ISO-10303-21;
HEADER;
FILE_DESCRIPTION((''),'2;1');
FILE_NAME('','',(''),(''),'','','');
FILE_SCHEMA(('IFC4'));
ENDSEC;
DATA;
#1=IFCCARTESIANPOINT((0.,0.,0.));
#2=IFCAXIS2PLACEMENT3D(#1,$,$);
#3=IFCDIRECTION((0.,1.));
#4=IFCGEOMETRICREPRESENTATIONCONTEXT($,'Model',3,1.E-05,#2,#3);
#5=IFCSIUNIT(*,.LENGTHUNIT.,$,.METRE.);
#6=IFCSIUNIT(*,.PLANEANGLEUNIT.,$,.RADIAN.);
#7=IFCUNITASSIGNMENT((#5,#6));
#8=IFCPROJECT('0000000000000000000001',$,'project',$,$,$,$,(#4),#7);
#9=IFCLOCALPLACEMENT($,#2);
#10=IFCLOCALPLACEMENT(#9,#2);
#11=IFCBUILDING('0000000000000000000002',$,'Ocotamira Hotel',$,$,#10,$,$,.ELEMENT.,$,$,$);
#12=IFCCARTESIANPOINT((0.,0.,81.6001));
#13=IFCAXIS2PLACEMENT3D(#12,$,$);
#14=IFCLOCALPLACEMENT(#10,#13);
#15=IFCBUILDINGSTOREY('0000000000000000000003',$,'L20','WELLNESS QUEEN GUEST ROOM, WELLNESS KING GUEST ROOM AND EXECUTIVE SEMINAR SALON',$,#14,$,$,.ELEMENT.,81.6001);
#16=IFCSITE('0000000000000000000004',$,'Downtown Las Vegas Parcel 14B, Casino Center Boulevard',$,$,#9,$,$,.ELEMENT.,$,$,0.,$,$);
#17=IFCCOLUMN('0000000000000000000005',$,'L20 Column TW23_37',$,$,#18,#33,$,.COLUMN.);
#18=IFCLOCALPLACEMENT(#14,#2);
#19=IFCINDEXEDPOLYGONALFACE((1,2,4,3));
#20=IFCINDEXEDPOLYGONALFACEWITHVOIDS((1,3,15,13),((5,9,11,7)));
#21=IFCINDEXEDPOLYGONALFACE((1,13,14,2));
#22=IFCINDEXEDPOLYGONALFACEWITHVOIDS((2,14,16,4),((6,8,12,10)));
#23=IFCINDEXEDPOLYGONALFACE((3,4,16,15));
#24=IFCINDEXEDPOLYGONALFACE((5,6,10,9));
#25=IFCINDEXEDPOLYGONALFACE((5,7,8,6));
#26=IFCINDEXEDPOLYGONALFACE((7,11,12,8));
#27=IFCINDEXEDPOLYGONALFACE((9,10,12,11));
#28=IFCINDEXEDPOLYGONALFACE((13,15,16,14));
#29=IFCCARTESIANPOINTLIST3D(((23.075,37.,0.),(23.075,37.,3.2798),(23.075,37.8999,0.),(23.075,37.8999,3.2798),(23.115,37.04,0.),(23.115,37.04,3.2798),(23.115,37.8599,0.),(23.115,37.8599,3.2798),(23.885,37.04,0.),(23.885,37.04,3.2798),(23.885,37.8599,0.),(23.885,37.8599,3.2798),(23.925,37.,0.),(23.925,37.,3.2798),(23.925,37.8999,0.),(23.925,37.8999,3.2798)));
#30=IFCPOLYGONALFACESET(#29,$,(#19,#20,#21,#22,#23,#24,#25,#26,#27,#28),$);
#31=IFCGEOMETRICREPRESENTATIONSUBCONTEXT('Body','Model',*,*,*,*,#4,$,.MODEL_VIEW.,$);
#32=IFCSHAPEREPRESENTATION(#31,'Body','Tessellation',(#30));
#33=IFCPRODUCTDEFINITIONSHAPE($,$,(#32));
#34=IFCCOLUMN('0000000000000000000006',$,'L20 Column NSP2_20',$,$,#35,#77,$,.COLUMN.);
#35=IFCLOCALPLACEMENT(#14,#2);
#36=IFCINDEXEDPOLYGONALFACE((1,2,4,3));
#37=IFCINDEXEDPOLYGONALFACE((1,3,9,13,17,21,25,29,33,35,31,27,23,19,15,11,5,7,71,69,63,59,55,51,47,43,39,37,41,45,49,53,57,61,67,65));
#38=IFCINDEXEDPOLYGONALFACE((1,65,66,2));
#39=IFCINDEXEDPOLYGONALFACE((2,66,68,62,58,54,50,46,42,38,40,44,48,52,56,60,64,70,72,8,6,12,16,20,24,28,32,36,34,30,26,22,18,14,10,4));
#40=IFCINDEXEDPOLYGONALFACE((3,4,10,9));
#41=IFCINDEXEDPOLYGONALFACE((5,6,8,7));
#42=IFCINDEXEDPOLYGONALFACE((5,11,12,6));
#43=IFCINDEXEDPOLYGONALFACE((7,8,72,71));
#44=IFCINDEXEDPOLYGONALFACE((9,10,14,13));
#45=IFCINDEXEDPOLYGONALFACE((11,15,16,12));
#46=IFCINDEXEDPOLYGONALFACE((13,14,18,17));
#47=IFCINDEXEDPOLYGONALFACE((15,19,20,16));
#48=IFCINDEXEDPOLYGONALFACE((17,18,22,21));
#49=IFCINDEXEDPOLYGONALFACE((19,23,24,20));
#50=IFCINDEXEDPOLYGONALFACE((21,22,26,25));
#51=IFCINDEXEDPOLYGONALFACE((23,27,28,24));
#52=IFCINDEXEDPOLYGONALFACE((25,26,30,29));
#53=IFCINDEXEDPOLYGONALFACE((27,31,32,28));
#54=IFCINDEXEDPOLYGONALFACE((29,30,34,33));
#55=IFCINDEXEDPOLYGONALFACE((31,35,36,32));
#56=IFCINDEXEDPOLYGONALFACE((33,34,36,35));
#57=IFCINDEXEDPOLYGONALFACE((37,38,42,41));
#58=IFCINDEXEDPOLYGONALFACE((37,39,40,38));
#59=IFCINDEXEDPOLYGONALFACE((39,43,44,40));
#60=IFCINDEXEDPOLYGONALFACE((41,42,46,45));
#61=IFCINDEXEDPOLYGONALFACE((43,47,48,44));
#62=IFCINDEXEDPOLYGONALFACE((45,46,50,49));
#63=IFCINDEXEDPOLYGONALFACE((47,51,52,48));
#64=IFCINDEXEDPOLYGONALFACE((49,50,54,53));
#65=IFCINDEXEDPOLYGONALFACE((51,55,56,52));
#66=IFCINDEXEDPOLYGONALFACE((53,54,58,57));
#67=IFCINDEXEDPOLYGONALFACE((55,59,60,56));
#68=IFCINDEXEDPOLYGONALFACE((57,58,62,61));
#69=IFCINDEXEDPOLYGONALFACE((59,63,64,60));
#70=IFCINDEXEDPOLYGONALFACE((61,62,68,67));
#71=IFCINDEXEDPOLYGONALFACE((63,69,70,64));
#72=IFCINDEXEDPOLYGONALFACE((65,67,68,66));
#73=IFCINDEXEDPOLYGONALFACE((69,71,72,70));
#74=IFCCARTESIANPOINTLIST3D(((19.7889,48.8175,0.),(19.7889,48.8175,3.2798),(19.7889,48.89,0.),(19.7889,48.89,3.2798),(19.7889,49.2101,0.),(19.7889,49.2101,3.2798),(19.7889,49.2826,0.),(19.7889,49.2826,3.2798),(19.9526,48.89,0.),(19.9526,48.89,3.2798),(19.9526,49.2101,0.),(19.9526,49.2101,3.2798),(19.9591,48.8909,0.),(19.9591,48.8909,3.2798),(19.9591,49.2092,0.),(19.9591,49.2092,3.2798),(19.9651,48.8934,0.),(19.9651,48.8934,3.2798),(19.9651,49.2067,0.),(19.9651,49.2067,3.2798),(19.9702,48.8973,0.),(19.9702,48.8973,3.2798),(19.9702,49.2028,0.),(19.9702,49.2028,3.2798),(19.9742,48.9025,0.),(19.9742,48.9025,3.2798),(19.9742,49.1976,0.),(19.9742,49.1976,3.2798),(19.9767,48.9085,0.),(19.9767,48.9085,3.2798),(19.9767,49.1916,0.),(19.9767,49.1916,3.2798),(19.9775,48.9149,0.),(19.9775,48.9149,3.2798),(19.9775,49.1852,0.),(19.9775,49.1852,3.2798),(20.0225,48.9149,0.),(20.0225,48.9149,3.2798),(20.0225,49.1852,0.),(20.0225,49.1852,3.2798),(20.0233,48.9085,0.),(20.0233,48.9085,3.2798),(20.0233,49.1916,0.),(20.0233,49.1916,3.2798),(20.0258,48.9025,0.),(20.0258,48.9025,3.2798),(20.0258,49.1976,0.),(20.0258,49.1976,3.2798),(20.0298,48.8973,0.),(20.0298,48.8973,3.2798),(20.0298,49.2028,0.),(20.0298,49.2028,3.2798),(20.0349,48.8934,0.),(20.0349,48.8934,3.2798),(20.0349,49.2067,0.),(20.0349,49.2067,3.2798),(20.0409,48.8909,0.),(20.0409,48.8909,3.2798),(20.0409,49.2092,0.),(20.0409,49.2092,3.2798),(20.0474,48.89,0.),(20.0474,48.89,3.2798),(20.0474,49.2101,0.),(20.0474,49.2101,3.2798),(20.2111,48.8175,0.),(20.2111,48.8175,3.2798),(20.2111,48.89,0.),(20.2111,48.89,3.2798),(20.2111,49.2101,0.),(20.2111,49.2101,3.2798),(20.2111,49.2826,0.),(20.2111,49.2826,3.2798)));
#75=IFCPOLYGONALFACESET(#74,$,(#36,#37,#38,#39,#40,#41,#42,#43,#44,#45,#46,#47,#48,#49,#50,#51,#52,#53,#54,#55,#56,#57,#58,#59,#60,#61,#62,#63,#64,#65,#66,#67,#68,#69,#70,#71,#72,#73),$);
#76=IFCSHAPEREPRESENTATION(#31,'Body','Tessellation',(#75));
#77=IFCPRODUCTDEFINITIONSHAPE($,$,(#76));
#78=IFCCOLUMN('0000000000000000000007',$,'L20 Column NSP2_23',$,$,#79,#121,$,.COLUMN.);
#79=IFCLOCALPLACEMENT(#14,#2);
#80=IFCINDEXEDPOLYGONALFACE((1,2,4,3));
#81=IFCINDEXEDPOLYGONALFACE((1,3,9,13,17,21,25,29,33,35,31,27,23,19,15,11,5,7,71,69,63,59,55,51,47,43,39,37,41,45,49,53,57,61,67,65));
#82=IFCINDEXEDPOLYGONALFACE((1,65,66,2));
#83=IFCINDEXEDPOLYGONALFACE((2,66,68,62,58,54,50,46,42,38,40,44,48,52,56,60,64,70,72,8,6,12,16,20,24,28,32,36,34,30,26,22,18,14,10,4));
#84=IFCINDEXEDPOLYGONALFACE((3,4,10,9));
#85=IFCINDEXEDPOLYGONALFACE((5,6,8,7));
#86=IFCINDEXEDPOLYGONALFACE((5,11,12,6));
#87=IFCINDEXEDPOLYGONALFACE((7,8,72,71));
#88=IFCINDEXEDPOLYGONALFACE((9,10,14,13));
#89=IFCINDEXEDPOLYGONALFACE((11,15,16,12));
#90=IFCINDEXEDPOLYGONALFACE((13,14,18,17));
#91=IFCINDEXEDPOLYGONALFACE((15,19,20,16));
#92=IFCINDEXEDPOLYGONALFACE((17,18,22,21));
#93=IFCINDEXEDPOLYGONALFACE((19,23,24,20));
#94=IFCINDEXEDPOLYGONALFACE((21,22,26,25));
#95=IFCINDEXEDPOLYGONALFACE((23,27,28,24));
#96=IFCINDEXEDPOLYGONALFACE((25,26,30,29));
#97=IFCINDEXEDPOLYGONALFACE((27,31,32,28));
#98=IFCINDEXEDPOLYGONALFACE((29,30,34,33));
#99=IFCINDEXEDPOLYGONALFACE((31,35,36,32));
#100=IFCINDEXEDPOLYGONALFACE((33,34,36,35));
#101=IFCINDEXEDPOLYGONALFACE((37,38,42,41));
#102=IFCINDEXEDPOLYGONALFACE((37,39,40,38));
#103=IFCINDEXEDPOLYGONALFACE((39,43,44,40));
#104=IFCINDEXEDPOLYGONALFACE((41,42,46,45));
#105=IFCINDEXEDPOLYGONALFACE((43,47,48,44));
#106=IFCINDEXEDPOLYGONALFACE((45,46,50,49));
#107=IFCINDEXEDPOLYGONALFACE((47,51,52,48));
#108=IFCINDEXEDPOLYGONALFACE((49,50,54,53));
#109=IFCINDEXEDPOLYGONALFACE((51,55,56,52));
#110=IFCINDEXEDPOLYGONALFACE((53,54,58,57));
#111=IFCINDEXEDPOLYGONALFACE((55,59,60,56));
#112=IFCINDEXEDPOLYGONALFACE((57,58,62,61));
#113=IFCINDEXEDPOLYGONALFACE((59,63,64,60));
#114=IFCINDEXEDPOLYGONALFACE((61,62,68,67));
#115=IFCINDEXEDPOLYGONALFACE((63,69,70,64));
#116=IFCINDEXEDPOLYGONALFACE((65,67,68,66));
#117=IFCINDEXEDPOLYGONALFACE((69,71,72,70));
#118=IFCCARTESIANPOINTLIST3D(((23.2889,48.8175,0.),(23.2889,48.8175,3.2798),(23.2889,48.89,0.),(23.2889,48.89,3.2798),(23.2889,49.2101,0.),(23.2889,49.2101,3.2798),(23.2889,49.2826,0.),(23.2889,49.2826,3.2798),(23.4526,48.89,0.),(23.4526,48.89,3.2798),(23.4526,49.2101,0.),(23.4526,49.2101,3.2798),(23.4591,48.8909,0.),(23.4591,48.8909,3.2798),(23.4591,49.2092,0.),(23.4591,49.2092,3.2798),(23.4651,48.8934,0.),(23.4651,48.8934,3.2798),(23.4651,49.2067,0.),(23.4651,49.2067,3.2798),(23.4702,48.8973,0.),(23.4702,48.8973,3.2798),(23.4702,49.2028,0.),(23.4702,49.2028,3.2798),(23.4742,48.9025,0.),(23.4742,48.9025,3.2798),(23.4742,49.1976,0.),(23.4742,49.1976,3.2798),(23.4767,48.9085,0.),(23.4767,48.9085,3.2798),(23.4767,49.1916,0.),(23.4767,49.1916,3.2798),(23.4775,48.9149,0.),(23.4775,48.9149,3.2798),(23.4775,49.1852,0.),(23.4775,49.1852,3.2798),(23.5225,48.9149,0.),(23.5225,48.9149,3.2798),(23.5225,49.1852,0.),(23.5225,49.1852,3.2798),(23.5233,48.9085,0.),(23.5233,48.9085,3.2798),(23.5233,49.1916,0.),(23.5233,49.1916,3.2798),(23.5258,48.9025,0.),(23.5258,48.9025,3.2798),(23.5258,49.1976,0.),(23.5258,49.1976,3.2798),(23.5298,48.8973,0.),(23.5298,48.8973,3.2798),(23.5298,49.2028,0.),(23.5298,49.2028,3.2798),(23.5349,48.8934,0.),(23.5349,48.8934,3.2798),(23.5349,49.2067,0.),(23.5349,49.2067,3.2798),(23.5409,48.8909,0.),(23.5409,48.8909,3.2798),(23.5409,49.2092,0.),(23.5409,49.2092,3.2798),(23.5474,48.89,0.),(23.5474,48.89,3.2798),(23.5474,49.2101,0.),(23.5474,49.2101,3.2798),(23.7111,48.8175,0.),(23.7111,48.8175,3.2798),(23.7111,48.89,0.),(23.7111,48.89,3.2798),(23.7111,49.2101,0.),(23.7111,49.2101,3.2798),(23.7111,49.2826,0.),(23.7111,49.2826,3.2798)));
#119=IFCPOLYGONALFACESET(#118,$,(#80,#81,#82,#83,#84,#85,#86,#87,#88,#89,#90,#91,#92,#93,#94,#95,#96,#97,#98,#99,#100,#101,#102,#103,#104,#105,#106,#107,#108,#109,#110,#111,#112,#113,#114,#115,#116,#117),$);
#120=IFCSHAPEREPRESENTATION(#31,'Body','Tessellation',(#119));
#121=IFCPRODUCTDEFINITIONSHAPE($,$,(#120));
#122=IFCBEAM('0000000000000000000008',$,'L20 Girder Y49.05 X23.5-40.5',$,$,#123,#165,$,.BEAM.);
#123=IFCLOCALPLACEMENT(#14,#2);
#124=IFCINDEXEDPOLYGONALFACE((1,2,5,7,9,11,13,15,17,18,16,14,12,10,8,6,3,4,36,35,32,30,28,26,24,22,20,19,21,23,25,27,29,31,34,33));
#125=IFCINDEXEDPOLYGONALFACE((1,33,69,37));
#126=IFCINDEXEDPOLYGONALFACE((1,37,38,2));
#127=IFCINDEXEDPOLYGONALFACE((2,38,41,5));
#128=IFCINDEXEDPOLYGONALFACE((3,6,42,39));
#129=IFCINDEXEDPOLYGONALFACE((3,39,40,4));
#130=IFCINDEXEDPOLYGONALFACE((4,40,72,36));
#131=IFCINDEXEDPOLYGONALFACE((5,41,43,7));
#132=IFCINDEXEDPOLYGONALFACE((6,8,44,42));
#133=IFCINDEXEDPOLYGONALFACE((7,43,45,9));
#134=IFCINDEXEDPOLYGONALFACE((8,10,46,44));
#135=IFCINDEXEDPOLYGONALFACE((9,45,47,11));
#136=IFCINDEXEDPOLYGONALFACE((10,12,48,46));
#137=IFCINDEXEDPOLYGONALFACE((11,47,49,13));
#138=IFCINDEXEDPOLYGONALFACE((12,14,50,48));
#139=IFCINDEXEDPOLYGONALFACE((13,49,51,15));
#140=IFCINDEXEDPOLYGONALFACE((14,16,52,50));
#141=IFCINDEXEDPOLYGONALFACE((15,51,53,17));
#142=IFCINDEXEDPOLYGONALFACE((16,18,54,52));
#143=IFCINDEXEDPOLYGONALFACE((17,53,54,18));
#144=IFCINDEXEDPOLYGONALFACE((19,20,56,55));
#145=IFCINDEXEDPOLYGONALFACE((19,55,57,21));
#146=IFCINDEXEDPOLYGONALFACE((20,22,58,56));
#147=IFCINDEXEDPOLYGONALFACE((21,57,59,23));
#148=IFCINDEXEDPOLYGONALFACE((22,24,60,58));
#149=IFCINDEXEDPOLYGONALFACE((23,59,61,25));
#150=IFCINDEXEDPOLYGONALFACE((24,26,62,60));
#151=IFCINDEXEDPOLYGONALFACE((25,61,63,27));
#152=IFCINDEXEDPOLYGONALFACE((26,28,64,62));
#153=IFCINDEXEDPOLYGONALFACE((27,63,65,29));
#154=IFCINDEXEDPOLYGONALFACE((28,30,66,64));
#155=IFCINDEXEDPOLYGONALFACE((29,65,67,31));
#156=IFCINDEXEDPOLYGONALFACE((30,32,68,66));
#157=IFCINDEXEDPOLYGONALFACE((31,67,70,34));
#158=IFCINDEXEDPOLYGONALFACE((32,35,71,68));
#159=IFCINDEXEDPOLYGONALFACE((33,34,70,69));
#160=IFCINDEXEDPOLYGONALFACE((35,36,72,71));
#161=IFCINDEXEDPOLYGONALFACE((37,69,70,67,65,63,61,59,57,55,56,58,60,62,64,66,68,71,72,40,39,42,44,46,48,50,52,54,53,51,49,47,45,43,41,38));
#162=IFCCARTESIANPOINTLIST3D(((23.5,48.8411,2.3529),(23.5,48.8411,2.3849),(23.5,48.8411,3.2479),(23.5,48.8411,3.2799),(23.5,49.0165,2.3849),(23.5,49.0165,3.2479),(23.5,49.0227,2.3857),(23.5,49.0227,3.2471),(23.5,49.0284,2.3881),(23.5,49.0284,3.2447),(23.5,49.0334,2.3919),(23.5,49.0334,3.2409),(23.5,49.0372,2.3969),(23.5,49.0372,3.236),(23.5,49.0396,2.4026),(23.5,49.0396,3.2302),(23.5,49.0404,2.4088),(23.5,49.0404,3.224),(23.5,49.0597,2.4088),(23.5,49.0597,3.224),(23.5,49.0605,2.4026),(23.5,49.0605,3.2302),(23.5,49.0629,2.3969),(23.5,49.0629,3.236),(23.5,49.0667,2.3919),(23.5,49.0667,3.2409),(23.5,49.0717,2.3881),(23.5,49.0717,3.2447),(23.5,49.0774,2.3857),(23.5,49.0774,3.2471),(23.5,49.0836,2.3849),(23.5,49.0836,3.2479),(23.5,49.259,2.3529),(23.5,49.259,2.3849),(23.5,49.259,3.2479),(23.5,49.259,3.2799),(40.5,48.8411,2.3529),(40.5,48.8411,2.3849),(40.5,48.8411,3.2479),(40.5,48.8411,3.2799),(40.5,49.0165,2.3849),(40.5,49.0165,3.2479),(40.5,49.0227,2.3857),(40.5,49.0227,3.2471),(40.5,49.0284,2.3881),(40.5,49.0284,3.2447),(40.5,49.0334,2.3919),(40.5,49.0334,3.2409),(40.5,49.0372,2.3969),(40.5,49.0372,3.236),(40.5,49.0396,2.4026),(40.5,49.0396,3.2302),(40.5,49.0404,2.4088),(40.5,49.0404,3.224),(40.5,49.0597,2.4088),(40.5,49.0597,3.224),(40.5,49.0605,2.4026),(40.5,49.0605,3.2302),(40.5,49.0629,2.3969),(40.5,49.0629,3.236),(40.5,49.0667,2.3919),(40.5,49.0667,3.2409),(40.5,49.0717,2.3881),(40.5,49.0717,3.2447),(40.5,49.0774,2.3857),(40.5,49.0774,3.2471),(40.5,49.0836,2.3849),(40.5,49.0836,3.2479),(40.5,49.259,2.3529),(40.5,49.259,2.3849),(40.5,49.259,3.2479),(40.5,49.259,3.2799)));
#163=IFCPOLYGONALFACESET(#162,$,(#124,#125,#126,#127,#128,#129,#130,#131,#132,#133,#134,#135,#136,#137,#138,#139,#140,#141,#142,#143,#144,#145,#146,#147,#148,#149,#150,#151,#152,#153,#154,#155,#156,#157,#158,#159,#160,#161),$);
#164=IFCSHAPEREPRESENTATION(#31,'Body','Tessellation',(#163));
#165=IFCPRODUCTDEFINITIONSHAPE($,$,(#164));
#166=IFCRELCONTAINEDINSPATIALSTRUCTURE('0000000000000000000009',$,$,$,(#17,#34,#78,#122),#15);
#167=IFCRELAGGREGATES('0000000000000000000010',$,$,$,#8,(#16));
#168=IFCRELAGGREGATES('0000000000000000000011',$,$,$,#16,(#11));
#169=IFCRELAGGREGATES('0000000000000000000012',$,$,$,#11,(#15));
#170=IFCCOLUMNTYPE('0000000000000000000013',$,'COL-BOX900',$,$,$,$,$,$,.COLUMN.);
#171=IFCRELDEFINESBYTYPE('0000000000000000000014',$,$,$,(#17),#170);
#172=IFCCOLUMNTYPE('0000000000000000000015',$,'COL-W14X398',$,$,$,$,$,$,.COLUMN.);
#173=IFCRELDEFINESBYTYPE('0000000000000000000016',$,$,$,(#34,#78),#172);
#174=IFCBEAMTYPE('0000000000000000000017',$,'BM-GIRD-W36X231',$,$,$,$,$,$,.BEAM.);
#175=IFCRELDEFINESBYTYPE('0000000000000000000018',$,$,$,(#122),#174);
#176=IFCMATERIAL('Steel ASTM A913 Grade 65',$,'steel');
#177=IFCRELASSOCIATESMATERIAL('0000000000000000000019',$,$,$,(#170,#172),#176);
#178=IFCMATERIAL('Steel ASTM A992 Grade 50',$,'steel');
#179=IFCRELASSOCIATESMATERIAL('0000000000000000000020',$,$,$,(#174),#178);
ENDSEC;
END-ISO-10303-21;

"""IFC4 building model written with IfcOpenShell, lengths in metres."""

from ifc_helpers import new_model, si_unit, direction, frame, origin, origin_2d, place, context, subcontext, project, spatial, hollow_rectangle, i_section, extrude, source, transform, mapped, material, material_profile, profile_set, type_object, element, save


model = new_model("IFC4")

# Units and contexts
model_context = context("Model", 3, precision=1e-05, world=origin(), true_north=direction((0.0, 1.0)))
body_context = subcontext(model_context, "Body", "Model", "MODEL_VIEW")
ifc_project = project(units=[si_unit("LENGTHUNIT", "METRE"), si_unit("PLANEANGLEUNIT", "RADIAN")], contexts=[model_context])

# Site, building, storey
site_placement = place(None, origin())
site = spatial("IfcSite", under=ifc_project, at=site_placement, Name="Downtown Las Vegas Parcel 14B, Casino Center Boulevard", CompositionType="ELEMENT", RefElevation=0.0)
building_placement = place(site_placement, origin())
building = spatial("IfcBuilding", under=site, at=building_placement, Name="Ocotamira Hotel", CompositionType="ELEMENT")
storey_placement = place(building_placement, frame((0.0, 0.0, 81.6001)))
storey = spatial("IfcBuildingStorey", under=building, at=storey_placement, Name="L20", Description="WELLNESS QUEEN GUEST ROOM, WELLNESS KING GUEST ROOM AND EXECUTIVE SEMINAR SALON", CompositionType="ELEMENT", Elevation=81.6001)

# Columns
ifc_material_1 = material(Name="Steel ASTM A913 Grade 65", Category="steel")
ifc_material_profile_1 = material_profile(ifc_material_1, hollow_rectangle(XDim=0.8501, YDim=0.8999, WallThickness=0.04, at=origin_2d()), Name="BOX900X850X40")
ifc_profile_set_1 = profile_set([ifc_material_profile_1], Name="Steel ASTM A913 Grade 65")
column_type_1 = type_object("IfcColumnType", Name="COL-BOX900", PredefinedType="COLUMN", material=ifc_profile_set_1)
shared_shape_1 = source(origin(), body_context, "Body", "SweptSolid", [
    extrude(hollow_rectangle(XDim=0.8501, YDim=0.8999, WallThickness=0.04, at=origin_2d()), origin(), (0.0, 0.0, 1.0), 3.2798),
])
column_placement = place(storey_placement, frame((23.5, 37.45, 0.0), z_axis=(0.0, 0.0, 1.0), x_axis=(1.0, 0.0, 0.0)))
element("IfcColumn", 1, at=column_placement, inside=storey, type_object=column_type_1, Name="L20 Column TW23_37", PredefinedType="COLUMN", context=body_context, shape_type="MappedRepresentation", body=[
    mapped(shared_shape_1, transform((0.0, 0.0, 0.0), scale=1.0)),
])
ifc_material_profile_2 = material_profile(ifc_material_1, i_section(OverallWidth=0.4221, OverallDepth=0.4651, WebThickness=0.0449, FlangeThickness=0.0725, FilletRadius=0.0249, at=origin_2d()), Name="W14X398")
ifc_profile_set_2 = profile_set([ifc_material_profile_2], Name="Steel ASTM A913 Grade 65")
column_type_2 = type_object("IfcColumnType", Name="COL-W14X398", PredefinedType="COLUMN", material=ifc_profile_set_2)
shared_shape_2 = source(origin(), body_context, "Body", "SweptSolid", [
    extrude(i_section(OverallWidth=0.4221, OverallDepth=0.4651, WebThickness=0.0449, FlangeThickness=0.0725, FilletRadius=0.0249, at=origin_2d()), origin(), (0.0, 0.0, 1.0), 3.2798),
])
for number, where, z_axis, x_axis, name in (
    (2, (20.0, 49.05, 0.0), (0.0, 0.0, 1.0), (1.0, 0.0, 0.0), "L20 Column NSP2_20"),
    (3, (23.5, 49.05, 0.0), (0.0, 0.0, 1.0), (1.0, 0.0, 0.0), "L20 Column NSP2_23"),
):
    element("IfcColumn", number, at=place(storey_placement, frame(where, z_axis=z_axis, x_axis=x_axis)), inside=storey, type_object=column_type_2, Name=name, PredefinedType="COLUMN", context=body_context, shape_type="MappedRepresentation", body=[
        mapped(shared_shape_2, transform((0.0, 0.0, 0.0), scale=1.0)),
    ])

# Beam
ifc_material_2 = material(Name="Steel ASTM A992 Grade 50", Category="steel")
ifc_material_profile_3 = material_profile(ifc_material_2, i_section(OverallWidth=0.418, OverallDepth=0.927, WebThickness=0.0193, FlangeThickness=0.032, FilletRadius=0.0239, at=origin_2d()), Name="W36X231")
ifc_profile_set_3 = profile_set([ifc_material_profile_3], Name="Steel ASTM A992 Grade 50")
beam_type_1 = type_object("IfcBeamType", Name="BM-GIRD-W36X231", PredefinedType="BEAM", material=ifc_profile_set_3)
shared_shape_3 = source(origin(), body_context, "Body", "SweptSolid", [
    extrude(i_section(OverallWidth=0.418, OverallDepth=0.927, WebThickness=0.0193, FlangeThickness=0.032, FilletRadius=0.0239, at=origin_2d()), origin(), (0.0, 0.0, 1.0), 17.0),
])
beam_1_placement = place(storey_placement, frame((23.5, 49.05, 2.8164), z_axis=(1.0, 0.0, 0.0), x_axis=(0.0, 1.0, 0.0)))
element("IfcBeam", 4, at=beam_1_placement, inside=storey, type_object=beam_type_1, Name="L20 Girder Y49.05 X23.5-40.5", PredefinedType="BEAM", context=body_context, shape_type="MappedRepresentation", body=[
    mapped(shared_shape_3, transform((0.0, 0.0, 0.0), scale=1.0)),
])

save(model, "model.ifc")
